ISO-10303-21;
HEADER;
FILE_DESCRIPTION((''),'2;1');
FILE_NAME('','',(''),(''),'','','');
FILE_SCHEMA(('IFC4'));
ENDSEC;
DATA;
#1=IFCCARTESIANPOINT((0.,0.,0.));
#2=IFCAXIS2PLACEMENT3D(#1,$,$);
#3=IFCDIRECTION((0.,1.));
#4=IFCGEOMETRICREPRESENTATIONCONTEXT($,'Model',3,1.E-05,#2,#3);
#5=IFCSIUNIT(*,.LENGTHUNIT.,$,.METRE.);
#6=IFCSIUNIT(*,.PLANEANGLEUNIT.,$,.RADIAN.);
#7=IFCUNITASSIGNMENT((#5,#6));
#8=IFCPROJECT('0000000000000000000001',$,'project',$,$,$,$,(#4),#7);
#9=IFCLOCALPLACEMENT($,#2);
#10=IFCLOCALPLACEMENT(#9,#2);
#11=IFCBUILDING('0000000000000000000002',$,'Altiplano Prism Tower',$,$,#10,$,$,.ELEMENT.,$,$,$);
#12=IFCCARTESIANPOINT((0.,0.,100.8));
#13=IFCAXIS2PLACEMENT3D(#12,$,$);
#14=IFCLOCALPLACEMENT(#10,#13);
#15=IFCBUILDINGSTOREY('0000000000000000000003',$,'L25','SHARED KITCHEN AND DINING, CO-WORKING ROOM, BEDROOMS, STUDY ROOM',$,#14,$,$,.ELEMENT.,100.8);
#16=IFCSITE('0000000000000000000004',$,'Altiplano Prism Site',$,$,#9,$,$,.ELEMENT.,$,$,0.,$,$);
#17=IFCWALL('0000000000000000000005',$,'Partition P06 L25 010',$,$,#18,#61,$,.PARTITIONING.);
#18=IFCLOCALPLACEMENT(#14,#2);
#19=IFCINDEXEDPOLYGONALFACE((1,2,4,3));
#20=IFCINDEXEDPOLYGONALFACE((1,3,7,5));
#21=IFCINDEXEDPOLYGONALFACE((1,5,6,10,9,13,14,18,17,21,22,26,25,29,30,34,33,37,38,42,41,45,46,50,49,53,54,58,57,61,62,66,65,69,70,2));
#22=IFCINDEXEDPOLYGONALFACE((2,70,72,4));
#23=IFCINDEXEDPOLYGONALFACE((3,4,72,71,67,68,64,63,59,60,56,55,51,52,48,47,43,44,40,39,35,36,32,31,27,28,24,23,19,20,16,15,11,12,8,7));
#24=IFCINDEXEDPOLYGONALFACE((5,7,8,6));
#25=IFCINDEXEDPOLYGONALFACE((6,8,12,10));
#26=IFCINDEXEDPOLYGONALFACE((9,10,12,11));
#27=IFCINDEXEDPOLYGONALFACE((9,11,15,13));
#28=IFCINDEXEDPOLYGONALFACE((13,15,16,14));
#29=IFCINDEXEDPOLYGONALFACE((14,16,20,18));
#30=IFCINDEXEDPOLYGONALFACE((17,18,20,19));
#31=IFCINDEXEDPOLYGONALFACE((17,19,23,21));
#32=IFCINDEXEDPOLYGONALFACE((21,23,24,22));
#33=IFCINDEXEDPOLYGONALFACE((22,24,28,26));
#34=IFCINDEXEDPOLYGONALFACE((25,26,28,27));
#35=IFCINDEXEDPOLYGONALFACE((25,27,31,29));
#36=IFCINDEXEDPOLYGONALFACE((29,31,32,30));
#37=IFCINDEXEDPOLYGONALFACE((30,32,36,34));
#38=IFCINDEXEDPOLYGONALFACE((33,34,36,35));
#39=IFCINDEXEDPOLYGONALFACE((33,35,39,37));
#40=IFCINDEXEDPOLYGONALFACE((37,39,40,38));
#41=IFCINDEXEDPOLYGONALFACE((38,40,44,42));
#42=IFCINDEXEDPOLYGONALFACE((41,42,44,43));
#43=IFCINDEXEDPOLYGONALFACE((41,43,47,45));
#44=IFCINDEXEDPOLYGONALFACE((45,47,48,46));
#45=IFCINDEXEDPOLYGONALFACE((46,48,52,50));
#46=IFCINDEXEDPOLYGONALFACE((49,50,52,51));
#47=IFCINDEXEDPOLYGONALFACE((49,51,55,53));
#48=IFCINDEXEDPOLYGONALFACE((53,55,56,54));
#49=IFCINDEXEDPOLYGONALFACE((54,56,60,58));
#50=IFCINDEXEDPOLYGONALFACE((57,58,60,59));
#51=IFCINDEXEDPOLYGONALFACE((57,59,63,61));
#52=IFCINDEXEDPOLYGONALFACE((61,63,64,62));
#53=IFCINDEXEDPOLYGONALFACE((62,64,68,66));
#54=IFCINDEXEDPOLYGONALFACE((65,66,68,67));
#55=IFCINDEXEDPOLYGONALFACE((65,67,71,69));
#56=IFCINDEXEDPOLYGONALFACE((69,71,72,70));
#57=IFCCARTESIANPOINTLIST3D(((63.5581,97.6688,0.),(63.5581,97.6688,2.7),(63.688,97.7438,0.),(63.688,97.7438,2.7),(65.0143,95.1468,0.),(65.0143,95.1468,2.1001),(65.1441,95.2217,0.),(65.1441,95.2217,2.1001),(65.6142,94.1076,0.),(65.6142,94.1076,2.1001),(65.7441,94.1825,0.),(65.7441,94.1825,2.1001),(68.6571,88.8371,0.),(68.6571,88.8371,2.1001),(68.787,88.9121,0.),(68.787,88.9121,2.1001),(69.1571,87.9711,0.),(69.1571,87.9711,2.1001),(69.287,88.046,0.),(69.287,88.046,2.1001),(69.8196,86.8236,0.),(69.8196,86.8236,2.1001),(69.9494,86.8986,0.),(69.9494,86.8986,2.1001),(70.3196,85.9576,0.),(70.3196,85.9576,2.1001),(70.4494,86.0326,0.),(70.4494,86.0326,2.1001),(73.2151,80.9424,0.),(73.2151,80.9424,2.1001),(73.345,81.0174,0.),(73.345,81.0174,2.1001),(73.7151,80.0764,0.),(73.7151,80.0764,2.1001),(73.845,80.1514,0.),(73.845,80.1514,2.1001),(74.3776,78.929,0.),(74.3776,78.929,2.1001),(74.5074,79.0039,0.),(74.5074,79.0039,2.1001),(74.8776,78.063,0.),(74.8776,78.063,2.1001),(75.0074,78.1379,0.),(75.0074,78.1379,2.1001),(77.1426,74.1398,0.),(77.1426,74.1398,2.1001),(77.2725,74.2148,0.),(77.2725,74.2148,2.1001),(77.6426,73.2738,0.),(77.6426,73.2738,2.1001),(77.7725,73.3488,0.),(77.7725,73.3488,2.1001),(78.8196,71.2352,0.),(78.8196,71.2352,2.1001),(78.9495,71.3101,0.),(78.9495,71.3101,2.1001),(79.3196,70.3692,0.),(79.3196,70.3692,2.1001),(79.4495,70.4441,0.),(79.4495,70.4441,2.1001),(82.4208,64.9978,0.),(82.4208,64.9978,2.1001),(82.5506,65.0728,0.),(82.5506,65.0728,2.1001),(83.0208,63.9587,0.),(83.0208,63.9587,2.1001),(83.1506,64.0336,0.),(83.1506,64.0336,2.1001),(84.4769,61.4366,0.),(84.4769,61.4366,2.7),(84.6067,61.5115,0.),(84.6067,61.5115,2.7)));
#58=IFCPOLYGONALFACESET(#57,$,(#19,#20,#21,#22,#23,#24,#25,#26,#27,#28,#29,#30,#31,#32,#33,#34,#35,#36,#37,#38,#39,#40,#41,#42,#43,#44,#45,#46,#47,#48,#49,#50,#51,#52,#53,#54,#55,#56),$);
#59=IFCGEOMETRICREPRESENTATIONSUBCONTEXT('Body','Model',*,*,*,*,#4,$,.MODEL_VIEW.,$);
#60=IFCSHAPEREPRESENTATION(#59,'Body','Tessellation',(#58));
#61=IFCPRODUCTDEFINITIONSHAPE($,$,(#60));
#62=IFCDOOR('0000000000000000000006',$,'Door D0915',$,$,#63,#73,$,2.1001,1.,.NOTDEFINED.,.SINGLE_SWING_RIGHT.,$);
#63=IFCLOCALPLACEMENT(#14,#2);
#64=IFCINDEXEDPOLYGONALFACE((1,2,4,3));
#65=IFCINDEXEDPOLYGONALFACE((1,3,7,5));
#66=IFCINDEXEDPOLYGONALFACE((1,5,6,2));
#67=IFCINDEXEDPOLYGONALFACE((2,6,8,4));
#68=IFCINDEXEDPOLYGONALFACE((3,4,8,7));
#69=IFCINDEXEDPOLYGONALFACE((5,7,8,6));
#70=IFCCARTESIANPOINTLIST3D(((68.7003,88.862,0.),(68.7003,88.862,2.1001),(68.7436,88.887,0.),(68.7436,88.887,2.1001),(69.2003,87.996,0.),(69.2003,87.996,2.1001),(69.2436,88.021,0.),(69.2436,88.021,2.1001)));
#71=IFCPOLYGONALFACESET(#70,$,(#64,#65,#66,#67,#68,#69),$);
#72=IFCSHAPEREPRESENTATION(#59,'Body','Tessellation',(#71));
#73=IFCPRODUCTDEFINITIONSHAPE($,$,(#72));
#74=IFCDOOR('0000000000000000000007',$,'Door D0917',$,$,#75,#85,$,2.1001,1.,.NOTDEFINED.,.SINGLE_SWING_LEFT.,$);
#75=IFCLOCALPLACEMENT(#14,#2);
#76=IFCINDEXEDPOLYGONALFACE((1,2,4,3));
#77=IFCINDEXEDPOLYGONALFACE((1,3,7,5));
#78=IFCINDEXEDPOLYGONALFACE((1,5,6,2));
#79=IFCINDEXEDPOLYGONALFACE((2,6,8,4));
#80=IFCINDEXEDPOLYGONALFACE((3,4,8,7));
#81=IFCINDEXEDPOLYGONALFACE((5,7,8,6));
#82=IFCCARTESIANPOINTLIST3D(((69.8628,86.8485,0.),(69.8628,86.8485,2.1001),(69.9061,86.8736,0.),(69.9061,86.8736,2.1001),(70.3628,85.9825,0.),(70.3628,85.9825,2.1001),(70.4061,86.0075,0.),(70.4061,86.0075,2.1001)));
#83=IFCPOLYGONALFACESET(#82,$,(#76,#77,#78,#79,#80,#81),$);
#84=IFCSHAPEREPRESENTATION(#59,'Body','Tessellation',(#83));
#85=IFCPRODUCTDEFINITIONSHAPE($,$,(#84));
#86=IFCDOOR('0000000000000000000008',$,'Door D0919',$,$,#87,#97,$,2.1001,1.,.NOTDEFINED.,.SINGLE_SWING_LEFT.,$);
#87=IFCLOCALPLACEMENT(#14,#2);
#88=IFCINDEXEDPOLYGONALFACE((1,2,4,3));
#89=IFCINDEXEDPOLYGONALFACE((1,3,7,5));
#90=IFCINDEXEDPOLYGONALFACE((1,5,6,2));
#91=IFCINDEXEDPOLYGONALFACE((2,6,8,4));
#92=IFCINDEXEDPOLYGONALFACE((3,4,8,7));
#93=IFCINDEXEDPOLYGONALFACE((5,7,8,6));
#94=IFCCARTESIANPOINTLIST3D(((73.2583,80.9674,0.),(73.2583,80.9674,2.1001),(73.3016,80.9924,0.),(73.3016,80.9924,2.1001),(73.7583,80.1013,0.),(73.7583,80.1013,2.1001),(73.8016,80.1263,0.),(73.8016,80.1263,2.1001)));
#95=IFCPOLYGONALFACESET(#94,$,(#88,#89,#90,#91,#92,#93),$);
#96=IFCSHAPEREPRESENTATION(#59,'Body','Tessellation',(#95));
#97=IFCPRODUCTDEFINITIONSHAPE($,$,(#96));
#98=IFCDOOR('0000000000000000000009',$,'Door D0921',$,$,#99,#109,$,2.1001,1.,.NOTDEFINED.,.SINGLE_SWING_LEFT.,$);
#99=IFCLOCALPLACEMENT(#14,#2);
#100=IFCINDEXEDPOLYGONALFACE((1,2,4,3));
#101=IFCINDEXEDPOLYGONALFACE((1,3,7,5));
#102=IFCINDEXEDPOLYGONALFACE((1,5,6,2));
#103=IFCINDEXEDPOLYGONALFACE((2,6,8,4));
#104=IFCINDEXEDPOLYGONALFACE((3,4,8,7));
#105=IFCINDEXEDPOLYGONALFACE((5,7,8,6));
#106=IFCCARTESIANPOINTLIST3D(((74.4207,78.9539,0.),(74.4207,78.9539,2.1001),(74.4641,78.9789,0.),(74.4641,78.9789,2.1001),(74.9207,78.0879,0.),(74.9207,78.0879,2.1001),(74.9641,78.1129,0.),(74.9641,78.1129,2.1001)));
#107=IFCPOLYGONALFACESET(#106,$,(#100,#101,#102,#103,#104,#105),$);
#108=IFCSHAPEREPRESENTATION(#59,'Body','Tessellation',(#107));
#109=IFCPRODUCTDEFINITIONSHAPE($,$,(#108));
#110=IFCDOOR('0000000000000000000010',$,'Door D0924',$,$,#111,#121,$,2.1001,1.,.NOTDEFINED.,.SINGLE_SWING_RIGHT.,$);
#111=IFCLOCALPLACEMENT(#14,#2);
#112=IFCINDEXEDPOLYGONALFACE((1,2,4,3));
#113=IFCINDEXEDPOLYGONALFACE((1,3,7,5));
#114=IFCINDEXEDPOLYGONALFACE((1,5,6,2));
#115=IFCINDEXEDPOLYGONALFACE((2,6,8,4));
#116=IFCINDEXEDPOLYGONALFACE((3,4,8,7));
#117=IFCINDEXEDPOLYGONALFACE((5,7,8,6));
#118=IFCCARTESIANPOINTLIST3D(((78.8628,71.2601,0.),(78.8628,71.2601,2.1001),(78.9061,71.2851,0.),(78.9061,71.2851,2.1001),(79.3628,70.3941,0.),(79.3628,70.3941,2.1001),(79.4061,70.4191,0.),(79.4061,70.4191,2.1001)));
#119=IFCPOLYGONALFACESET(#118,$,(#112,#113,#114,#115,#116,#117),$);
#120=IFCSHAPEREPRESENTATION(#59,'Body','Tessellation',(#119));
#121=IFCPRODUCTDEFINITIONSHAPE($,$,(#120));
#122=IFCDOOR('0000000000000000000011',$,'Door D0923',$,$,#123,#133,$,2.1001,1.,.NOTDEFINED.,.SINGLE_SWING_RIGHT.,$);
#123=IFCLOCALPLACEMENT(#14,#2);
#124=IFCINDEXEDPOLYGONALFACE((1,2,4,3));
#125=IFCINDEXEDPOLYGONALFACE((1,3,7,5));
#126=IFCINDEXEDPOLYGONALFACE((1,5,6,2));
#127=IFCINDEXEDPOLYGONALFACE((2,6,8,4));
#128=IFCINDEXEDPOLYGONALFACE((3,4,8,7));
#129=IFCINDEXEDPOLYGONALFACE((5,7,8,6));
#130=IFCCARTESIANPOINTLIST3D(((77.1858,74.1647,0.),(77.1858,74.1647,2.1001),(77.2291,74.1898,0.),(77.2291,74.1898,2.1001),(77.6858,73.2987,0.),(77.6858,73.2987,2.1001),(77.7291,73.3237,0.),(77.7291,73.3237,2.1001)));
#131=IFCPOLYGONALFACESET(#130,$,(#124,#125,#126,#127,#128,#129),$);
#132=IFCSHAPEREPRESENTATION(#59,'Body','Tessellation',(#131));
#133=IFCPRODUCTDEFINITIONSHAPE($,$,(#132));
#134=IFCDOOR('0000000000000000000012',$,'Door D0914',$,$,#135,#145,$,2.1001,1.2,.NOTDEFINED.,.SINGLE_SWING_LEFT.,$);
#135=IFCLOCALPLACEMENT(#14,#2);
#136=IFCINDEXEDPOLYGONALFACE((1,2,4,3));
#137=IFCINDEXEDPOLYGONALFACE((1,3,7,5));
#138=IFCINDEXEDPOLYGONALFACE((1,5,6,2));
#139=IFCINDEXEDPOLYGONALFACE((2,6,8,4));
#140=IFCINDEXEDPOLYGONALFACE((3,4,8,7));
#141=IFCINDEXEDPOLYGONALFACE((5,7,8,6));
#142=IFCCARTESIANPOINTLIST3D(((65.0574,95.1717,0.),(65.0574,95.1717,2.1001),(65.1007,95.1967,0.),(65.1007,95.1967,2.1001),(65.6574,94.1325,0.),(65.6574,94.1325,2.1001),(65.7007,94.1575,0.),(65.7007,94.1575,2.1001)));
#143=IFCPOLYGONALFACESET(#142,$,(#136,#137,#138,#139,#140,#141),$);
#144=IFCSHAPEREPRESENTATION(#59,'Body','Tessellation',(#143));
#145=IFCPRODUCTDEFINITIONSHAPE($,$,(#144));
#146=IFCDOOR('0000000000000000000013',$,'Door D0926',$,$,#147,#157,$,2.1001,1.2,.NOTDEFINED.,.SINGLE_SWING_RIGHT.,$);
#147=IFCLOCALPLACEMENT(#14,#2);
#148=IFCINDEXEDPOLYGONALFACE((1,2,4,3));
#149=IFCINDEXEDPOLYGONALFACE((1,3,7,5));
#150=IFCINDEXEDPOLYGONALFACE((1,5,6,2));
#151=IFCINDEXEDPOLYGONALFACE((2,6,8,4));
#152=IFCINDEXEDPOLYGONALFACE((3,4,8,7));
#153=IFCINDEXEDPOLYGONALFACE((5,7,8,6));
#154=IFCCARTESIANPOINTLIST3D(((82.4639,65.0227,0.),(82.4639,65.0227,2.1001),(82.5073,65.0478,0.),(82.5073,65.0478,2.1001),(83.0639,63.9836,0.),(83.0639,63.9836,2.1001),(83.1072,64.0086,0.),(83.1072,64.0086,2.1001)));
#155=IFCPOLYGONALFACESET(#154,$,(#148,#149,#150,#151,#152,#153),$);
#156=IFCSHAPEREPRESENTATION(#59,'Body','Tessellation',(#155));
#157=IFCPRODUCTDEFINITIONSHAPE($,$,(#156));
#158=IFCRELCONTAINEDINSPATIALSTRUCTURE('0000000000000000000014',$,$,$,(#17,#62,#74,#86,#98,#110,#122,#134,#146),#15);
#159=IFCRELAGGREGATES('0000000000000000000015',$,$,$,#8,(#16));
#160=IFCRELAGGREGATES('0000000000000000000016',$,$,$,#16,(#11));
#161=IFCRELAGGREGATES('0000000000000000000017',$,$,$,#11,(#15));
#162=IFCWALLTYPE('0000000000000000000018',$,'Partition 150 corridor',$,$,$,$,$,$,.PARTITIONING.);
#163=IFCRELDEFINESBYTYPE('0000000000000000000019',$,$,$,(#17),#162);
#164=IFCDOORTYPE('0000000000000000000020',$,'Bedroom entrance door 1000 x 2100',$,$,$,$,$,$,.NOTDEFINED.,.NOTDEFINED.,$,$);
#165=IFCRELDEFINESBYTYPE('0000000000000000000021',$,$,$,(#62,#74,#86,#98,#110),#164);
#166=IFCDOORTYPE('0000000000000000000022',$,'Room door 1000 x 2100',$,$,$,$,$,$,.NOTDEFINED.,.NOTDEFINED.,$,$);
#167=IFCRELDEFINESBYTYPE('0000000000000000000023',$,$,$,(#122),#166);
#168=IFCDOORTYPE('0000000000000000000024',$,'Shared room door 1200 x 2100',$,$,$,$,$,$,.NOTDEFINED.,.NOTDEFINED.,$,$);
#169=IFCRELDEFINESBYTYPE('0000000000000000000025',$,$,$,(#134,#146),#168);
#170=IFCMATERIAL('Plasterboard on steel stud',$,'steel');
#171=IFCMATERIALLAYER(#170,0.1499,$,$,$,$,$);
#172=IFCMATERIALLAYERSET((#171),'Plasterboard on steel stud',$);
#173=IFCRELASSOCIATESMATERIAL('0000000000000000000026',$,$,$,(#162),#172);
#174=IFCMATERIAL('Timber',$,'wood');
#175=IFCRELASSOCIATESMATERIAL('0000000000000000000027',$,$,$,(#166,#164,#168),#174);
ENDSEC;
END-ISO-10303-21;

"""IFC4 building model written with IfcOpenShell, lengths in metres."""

from ifc_helpers import new_model, si_unit, direction, frame, frame_2d, origin, place, context, subcontext, project, spatial, rectangle, extrude, material, layer, layer_set, type_object, element, fill, save


model = new_model("IFC4")

# Units and contexts
model_context = context("Model", 3, precision=1e-05, world=origin(), true_north=direction((0.0, 1.0)))
body_context = subcontext(model_context, "Body", "Model", "MODEL_VIEW")
ifc_project = project(units=[si_unit("LENGTHUNIT", "METRE"), si_unit("PLANEANGLEUNIT", "RADIAN")], contexts=[model_context])

# Site, building, storey
site_placement = place(None, origin())
site = spatial("IfcSite", under=ifc_project, at=site_placement, Name="Altiplano Prism Site", CompositionType="ELEMENT", RefElevation=0.0)
building_placement = place(site_placement, origin())
building = spatial("IfcBuilding", under=site, at=building_placement, Name="Altiplano Prism Tower", CompositionType="ELEMENT")
storey_placement = place(building_placement, frame((0.0, 0.0, 100.8)))
storey = spatial("IfcBuildingStorey", under=building, at=storey_placement, Name="L25", Description="SHARED KITCHEN AND DINING, CO-WORKING ROOM, BEDROOMS, STUDY ROOM", CompositionType="ELEMENT", Elevation=100.8)

# Shared definitions
ifc_material_1 = material(Name="Plasterboard on steel stud", Category="steel")
ifc_layer_1 = layer(ifc_material_1, 0.1499)
ifc_layer_set_1 = layer_set([ifc_layer_1], Name="Plasterboard on steel stud")
wall_type_1 = type_object("IfcWallType", Name="Partition 150 corridor", PredefinedType="PARTITIONING", material=ifc_layer_set_1)

# Shared definitions
ifc_material_2 = material(Name="Timber", Category="wood")
door_type_1 = type_object("IfcDoorType", Name="Room door 1000 x 2100", OperationType="NOTDEFINED", PredefinedType="NOTDEFINED", material=ifc_material_2)

# Wall, openings, doors
wall_1_placement = place(storey_placement, frame((63.623, 97.7063, 0.0), z_axis=(0.0, 0.0, 1.0), x_axis=(0.500001, -0.866025, 0.0)))
wall_1 = element("IfcWall", 1, at=wall_1_placement, inside=storey, type_object=wall_type_1, Name="Partition P06 L25 010", PredefinedType="PARTITIONING", context=body_context, shape_type="SweptSolid", body=[
    extrude(rectangle(XDim=41.8374, YDim=0.1499, at=frame_2d((20.9187, 0.0))), origin(), (0.0, 0.0, 1.0), 2.7),
])
opening_1_placement = place(wall_1_placement, frame((2.9121, 0.0, 0.0)))
opening_1 = element("IfcOpeningElement", 2, at=opening_1_placement, cuts=wall_1, PredefinedType="OPENING", context=body_context, shape_type="SweptSolid", body=[
    extrude(rectangle(XDim=1.2, YDim=2.1001, at=frame_2d((0.6001, 1.05))), frame((0.0, 0.0854, 0.0), z_axis=(0.0, -1.0, 0.0), x_axis=(1.0, 0.0, 0.0)), (0.0, 0.0, 1.0), 0.1709),
])
opening_2_placement = place(wall_1_placement, frame((10.198, 0.0, 0.0)))
opening_2 = element("IfcOpeningElement", 3, at=opening_2_placement, cuts=wall_1, PredefinedType="OPENING", context=body_context, shape_type="SweptSolid", body=[
    extrude(rectangle(XDim=1.0, YDim=2.1001, at=frame_2d((0.5, 1.05))), frame((0.0, 0.0854, 0.0), z_axis=(0.0, -1.0, 0.0), x_axis=(1.0, 0.0, 0.0)), (0.0, 0.0, 1.0), 0.1709),
])
opening_3_placement = place(wall_1_placement, frame((12.5229, 0.0, 0.0)))
opening_3 = element("IfcOpeningElement", 4, at=opening_3_placement, cuts=wall_1, PredefinedType="OPENING", context=body_context, shape_type="SweptSolid", body=[
    extrude(rectangle(XDim=1.0, YDim=2.1001, at=frame_2d((0.5, 1.05))), frame((0.0, 0.0854, 0.0), z_axis=(0.0, -1.0, 0.0), x_axis=(1.0, 0.0, 0.0)), (0.0, 0.0, 1.0), 0.1709),
])
opening_4_placement = place(wall_1_placement, frame((19.314, 0.0, 0.0)))
opening_4 = element("IfcOpeningElement", 5, at=opening_4_placement, cuts=wall_1, PredefinedType="OPENING", context=body_context, shape_type="SweptSolid", body=[
    extrude(rectangle(XDim=1.0, YDim=2.1001, at=frame_2d((0.5, 1.05))), frame((0.0, 0.0854, 0.0), z_axis=(0.0, -1.0, 0.0), x_axis=(1.0, 0.0, 0.0)), (0.0, 0.0, 1.0), 0.1709),
])
opening_5_placement = place(wall_1_placement, frame((21.6389, 0.0, 0.0)))
opening_5 = element("IfcOpeningElement", 6, at=opening_5_placement, cuts=wall_1, PredefinedType="OPENING", context=body_context, shape_type="SweptSolid", body=[
    extrude(rectangle(XDim=1.0, YDim=2.1001, at=frame_2d((0.5, 1.05))), frame((0.0, 0.0854, 0.0), z_axis=(0.0, -1.0, 0.0), x_axis=(1.0, 0.0, 0.0)), (0.0, 0.0, 1.0), 0.1709),
])
opening_6_placement = place(wall_1_placement, frame((27.1689, 0.0, 0.0)))
opening_6 = element("IfcOpeningElement", 7, at=opening_6_placement, cuts=wall_1, PredefinedType="OPENING", context=body_context, shape_type="SweptSolid", body=[
    extrude(rectangle(XDim=1.0, YDim=2.1001, at=frame_2d((0.5, 1.05))), frame((0.0, 0.0854, 0.0), z_axis=(0.0, -1.0, 0.0), x_axis=(1.0, 0.0, 0.0)), (0.0, 0.0, 1.0), 0.1709),
])
opening_7_placement = place(wall_1_placement, frame((30.5229, 0.0, 0.0)))
opening_7 = element("IfcOpeningElement", 8, at=opening_7_placement, cuts=wall_1, PredefinedType="OPENING", context=body_context, shape_type="SweptSolid", body=[
    extrude(rectangle(XDim=1.0, YDim=2.1001, at=frame_2d((0.5, 1.05))), frame((0.0, 0.0854, 0.0), z_axis=(0.0, -1.0, 0.0), x_axis=(1.0, 0.0, 0.0)), (0.0, 0.0, 1.0), 0.1709),
])
opening_8_placement = place(wall_1_placement, frame((37.7251, 0.0, 0.0)))
opening_8 = element("IfcOpeningElement", 9, at=opening_8_placement, cuts=wall_1, PredefinedType="OPENING", context=body_context, shape_type="SweptSolid", body=[
    extrude(rectangle(XDim=1.2, YDim=2.1001, at=frame_2d((0.6001, 1.05))), frame((0.0, 0.0854, 0.0), z_axis=(0.0, -1.0, 0.0), x_axis=(1.0, 0.0, 0.0)), (0.0, 0.0, 1.0), 0.1709),
])
door_type_2 = type_object("IfcDoorType", Name="Bedroom entrance door 1000 x 2100", OperationType="NOTDEFINED", PredefinedType="NOTDEFINED", material=ifc_material_2)
door_1_placement = place(opening_2_placement, origin())
door_1 = element("IfcDoor", 10, at=door_1_placement, inside=storey, type_object=door_type_2, Name="Door D0915", OperationType="SINGLE_SWING_RIGHT", OverallHeight=2.1001, OverallWidth=1.0, PredefinedType="NOTDEFINED", context=body_context, shape_type="SweptSolid", body=[
    extrude(rectangle(XDim=1.0, YDim=2.1001, at=frame_2d((0.5, 1.05))), frame((0.0, 0.0249, 0.0), z_axis=(0.0, -1.0, 0.0), x_axis=(1.0, 0.0, 0.0)), (0.0, 0.0, 1.0), 0.05),
])
fill(opening_2, door_1)
door_2_placement = place(opening_3_placement, origin())
door_2 = element("IfcDoor", 11, at=door_2_placement, inside=storey, type_object=door_type_2, Name="Door D0917", OperationType="SINGLE_SWING_LEFT", OverallHeight=2.1001, OverallWidth=1.0, PredefinedType="NOTDEFINED", context=body_context, shape_type="SweptSolid", body=[
    extrude(rectangle(XDim=1.0, YDim=2.1001, at=frame_2d((0.5, 1.05))), frame((0.0, 0.0249, 0.0), z_axis=(0.0, -1.0, 0.0), x_axis=(1.0, 0.0, 0.0)), (0.0, 0.0, 1.0), 0.05),
])
fill(opening_3, door_2)
door_3_placement = place(opening_4_placement, origin())
door_3 = element("IfcDoor", 12, at=door_3_placement, inside=storey, type_object=door_type_2, Name="Door D0919", OperationType="SINGLE_SWING_LEFT", OverallHeight=2.1001, OverallWidth=1.0, PredefinedType="NOTDEFINED", context=body_context, shape_type="SweptSolid", body=[
    extrude(rectangle(XDim=1.0, YDim=2.1001, at=frame_2d((0.5, 1.05))), frame((0.0, 0.0249, 0.0), z_axis=(0.0, -1.0, 0.0), x_axis=(1.0, 0.0, 0.0)), (0.0, 0.0, 1.0), 0.05),
])
fill(opening_4, door_3)
door_4_placement = place(opening_5_placement, origin())
door_4 = element("IfcDoor", 13, at=door_4_placement, inside=storey, type_object=door_type_2, Name="Door D0921", OperationType="SINGLE_SWING_LEFT", OverallHeight=2.1001, OverallWidth=1.0, PredefinedType="NOTDEFINED", context=body_context, shape_type="SweptSolid", body=[
    extrude(rectangle(XDim=1.0, YDim=2.1001, at=frame_2d((0.5, 1.05))), frame((0.0, 0.0249, 0.0), z_axis=(0.0, -1.0, 0.0), x_axis=(1.0, 0.0, 0.0)), (0.0, 0.0, 1.0), 0.05),
])
fill(opening_5, door_4)
door_5_placement = place(opening_7_placement, origin())
door_5 = element("IfcDoor", 14, at=door_5_placement, inside=storey, type_object=door_type_2, Name="Door D0924", OperationType="SINGLE_SWING_RIGHT", OverallHeight=2.1001, OverallWidth=1.0, PredefinedType="NOTDEFINED", context=body_context, shape_type="SweptSolid", body=[
    extrude(rectangle(XDim=1.0, YDim=2.1001, at=frame_2d((0.5, 1.05))), frame((0.0, 0.0249, 0.0), z_axis=(0.0, -1.0, 0.0), x_axis=(1.0, 0.0, 0.0)), (0.0, 0.0, 1.0), 0.05),
])
fill(opening_7, door_5)
door_6_placement = place(opening_6_placement, origin())
door_6 = element("IfcDoor", 15, at=door_6_placement, inside=storey, type_object=door_type_1, Name="Door D0923", OperationType="SINGLE_SWING_RIGHT", OverallHeight=2.1001, OverallWidth=1.0, PredefinedType="NOTDEFINED", context=body_context, shape_type="SweptSolid", body=[
    extrude(rectangle(XDim=1.0, YDim=2.1001, at=frame_2d((0.5, 1.05))), frame((0.0, 0.0249, 0.0), z_axis=(0.0, -1.0, 0.0), x_axis=(1.0, 0.0, 0.0)), (0.0, 0.0, 1.0), 0.05),
])
fill(opening_6, door_6)
door_type_3 = type_object("IfcDoorType", Name="Shared room door 1200 x 2100", OperationType="NOTDEFINED", PredefinedType="NOTDEFINED", material=ifc_material_2)
door_7_placement = place(opening_1_placement, origin())
door_7 = element("IfcDoor", 16, at=door_7_placement, inside=storey, type_object=door_type_3, Name="Door D0914", OperationType="SINGLE_SWING_LEFT", OverallHeight=2.1001, OverallWidth=1.2, PredefinedType="NOTDEFINED", context=body_context, shape_type="SweptSolid", body=[
    extrude(rectangle(XDim=1.2, YDim=2.1001, at=frame_2d((0.6001, 1.05))), frame((0.0, 0.0249, 0.0), z_axis=(0.0, -1.0, 0.0), x_axis=(1.0, 0.0, 0.0)), (0.0, 0.0, 1.0), 0.05),
])
fill(opening_1, door_7)
door_8_placement = place(opening_8_placement, origin())
door_8 = element("IfcDoor", 17, at=door_8_placement, inside=storey, type_object=door_type_3, Name="Door D0926", OperationType="SINGLE_SWING_RIGHT", OverallHeight=2.1001, OverallWidth=1.2, PredefinedType="NOTDEFINED", context=body_context, shape_type="SweptSolid", body=[
    extrude(rectangle(XDim=1.2, YDim=2.1001, at=frame_2d((0.6001, 1.05))), frame((0.0, 0.0249, 0.0), z_axis=(0.0, -1.0, 0.0), x_axis=(1.0, 0.0, 0.0)), (0.0, 0.0, 1.0), 0.05),
])
fill(opening_8, door_8)

save(model, "model.ifc")
